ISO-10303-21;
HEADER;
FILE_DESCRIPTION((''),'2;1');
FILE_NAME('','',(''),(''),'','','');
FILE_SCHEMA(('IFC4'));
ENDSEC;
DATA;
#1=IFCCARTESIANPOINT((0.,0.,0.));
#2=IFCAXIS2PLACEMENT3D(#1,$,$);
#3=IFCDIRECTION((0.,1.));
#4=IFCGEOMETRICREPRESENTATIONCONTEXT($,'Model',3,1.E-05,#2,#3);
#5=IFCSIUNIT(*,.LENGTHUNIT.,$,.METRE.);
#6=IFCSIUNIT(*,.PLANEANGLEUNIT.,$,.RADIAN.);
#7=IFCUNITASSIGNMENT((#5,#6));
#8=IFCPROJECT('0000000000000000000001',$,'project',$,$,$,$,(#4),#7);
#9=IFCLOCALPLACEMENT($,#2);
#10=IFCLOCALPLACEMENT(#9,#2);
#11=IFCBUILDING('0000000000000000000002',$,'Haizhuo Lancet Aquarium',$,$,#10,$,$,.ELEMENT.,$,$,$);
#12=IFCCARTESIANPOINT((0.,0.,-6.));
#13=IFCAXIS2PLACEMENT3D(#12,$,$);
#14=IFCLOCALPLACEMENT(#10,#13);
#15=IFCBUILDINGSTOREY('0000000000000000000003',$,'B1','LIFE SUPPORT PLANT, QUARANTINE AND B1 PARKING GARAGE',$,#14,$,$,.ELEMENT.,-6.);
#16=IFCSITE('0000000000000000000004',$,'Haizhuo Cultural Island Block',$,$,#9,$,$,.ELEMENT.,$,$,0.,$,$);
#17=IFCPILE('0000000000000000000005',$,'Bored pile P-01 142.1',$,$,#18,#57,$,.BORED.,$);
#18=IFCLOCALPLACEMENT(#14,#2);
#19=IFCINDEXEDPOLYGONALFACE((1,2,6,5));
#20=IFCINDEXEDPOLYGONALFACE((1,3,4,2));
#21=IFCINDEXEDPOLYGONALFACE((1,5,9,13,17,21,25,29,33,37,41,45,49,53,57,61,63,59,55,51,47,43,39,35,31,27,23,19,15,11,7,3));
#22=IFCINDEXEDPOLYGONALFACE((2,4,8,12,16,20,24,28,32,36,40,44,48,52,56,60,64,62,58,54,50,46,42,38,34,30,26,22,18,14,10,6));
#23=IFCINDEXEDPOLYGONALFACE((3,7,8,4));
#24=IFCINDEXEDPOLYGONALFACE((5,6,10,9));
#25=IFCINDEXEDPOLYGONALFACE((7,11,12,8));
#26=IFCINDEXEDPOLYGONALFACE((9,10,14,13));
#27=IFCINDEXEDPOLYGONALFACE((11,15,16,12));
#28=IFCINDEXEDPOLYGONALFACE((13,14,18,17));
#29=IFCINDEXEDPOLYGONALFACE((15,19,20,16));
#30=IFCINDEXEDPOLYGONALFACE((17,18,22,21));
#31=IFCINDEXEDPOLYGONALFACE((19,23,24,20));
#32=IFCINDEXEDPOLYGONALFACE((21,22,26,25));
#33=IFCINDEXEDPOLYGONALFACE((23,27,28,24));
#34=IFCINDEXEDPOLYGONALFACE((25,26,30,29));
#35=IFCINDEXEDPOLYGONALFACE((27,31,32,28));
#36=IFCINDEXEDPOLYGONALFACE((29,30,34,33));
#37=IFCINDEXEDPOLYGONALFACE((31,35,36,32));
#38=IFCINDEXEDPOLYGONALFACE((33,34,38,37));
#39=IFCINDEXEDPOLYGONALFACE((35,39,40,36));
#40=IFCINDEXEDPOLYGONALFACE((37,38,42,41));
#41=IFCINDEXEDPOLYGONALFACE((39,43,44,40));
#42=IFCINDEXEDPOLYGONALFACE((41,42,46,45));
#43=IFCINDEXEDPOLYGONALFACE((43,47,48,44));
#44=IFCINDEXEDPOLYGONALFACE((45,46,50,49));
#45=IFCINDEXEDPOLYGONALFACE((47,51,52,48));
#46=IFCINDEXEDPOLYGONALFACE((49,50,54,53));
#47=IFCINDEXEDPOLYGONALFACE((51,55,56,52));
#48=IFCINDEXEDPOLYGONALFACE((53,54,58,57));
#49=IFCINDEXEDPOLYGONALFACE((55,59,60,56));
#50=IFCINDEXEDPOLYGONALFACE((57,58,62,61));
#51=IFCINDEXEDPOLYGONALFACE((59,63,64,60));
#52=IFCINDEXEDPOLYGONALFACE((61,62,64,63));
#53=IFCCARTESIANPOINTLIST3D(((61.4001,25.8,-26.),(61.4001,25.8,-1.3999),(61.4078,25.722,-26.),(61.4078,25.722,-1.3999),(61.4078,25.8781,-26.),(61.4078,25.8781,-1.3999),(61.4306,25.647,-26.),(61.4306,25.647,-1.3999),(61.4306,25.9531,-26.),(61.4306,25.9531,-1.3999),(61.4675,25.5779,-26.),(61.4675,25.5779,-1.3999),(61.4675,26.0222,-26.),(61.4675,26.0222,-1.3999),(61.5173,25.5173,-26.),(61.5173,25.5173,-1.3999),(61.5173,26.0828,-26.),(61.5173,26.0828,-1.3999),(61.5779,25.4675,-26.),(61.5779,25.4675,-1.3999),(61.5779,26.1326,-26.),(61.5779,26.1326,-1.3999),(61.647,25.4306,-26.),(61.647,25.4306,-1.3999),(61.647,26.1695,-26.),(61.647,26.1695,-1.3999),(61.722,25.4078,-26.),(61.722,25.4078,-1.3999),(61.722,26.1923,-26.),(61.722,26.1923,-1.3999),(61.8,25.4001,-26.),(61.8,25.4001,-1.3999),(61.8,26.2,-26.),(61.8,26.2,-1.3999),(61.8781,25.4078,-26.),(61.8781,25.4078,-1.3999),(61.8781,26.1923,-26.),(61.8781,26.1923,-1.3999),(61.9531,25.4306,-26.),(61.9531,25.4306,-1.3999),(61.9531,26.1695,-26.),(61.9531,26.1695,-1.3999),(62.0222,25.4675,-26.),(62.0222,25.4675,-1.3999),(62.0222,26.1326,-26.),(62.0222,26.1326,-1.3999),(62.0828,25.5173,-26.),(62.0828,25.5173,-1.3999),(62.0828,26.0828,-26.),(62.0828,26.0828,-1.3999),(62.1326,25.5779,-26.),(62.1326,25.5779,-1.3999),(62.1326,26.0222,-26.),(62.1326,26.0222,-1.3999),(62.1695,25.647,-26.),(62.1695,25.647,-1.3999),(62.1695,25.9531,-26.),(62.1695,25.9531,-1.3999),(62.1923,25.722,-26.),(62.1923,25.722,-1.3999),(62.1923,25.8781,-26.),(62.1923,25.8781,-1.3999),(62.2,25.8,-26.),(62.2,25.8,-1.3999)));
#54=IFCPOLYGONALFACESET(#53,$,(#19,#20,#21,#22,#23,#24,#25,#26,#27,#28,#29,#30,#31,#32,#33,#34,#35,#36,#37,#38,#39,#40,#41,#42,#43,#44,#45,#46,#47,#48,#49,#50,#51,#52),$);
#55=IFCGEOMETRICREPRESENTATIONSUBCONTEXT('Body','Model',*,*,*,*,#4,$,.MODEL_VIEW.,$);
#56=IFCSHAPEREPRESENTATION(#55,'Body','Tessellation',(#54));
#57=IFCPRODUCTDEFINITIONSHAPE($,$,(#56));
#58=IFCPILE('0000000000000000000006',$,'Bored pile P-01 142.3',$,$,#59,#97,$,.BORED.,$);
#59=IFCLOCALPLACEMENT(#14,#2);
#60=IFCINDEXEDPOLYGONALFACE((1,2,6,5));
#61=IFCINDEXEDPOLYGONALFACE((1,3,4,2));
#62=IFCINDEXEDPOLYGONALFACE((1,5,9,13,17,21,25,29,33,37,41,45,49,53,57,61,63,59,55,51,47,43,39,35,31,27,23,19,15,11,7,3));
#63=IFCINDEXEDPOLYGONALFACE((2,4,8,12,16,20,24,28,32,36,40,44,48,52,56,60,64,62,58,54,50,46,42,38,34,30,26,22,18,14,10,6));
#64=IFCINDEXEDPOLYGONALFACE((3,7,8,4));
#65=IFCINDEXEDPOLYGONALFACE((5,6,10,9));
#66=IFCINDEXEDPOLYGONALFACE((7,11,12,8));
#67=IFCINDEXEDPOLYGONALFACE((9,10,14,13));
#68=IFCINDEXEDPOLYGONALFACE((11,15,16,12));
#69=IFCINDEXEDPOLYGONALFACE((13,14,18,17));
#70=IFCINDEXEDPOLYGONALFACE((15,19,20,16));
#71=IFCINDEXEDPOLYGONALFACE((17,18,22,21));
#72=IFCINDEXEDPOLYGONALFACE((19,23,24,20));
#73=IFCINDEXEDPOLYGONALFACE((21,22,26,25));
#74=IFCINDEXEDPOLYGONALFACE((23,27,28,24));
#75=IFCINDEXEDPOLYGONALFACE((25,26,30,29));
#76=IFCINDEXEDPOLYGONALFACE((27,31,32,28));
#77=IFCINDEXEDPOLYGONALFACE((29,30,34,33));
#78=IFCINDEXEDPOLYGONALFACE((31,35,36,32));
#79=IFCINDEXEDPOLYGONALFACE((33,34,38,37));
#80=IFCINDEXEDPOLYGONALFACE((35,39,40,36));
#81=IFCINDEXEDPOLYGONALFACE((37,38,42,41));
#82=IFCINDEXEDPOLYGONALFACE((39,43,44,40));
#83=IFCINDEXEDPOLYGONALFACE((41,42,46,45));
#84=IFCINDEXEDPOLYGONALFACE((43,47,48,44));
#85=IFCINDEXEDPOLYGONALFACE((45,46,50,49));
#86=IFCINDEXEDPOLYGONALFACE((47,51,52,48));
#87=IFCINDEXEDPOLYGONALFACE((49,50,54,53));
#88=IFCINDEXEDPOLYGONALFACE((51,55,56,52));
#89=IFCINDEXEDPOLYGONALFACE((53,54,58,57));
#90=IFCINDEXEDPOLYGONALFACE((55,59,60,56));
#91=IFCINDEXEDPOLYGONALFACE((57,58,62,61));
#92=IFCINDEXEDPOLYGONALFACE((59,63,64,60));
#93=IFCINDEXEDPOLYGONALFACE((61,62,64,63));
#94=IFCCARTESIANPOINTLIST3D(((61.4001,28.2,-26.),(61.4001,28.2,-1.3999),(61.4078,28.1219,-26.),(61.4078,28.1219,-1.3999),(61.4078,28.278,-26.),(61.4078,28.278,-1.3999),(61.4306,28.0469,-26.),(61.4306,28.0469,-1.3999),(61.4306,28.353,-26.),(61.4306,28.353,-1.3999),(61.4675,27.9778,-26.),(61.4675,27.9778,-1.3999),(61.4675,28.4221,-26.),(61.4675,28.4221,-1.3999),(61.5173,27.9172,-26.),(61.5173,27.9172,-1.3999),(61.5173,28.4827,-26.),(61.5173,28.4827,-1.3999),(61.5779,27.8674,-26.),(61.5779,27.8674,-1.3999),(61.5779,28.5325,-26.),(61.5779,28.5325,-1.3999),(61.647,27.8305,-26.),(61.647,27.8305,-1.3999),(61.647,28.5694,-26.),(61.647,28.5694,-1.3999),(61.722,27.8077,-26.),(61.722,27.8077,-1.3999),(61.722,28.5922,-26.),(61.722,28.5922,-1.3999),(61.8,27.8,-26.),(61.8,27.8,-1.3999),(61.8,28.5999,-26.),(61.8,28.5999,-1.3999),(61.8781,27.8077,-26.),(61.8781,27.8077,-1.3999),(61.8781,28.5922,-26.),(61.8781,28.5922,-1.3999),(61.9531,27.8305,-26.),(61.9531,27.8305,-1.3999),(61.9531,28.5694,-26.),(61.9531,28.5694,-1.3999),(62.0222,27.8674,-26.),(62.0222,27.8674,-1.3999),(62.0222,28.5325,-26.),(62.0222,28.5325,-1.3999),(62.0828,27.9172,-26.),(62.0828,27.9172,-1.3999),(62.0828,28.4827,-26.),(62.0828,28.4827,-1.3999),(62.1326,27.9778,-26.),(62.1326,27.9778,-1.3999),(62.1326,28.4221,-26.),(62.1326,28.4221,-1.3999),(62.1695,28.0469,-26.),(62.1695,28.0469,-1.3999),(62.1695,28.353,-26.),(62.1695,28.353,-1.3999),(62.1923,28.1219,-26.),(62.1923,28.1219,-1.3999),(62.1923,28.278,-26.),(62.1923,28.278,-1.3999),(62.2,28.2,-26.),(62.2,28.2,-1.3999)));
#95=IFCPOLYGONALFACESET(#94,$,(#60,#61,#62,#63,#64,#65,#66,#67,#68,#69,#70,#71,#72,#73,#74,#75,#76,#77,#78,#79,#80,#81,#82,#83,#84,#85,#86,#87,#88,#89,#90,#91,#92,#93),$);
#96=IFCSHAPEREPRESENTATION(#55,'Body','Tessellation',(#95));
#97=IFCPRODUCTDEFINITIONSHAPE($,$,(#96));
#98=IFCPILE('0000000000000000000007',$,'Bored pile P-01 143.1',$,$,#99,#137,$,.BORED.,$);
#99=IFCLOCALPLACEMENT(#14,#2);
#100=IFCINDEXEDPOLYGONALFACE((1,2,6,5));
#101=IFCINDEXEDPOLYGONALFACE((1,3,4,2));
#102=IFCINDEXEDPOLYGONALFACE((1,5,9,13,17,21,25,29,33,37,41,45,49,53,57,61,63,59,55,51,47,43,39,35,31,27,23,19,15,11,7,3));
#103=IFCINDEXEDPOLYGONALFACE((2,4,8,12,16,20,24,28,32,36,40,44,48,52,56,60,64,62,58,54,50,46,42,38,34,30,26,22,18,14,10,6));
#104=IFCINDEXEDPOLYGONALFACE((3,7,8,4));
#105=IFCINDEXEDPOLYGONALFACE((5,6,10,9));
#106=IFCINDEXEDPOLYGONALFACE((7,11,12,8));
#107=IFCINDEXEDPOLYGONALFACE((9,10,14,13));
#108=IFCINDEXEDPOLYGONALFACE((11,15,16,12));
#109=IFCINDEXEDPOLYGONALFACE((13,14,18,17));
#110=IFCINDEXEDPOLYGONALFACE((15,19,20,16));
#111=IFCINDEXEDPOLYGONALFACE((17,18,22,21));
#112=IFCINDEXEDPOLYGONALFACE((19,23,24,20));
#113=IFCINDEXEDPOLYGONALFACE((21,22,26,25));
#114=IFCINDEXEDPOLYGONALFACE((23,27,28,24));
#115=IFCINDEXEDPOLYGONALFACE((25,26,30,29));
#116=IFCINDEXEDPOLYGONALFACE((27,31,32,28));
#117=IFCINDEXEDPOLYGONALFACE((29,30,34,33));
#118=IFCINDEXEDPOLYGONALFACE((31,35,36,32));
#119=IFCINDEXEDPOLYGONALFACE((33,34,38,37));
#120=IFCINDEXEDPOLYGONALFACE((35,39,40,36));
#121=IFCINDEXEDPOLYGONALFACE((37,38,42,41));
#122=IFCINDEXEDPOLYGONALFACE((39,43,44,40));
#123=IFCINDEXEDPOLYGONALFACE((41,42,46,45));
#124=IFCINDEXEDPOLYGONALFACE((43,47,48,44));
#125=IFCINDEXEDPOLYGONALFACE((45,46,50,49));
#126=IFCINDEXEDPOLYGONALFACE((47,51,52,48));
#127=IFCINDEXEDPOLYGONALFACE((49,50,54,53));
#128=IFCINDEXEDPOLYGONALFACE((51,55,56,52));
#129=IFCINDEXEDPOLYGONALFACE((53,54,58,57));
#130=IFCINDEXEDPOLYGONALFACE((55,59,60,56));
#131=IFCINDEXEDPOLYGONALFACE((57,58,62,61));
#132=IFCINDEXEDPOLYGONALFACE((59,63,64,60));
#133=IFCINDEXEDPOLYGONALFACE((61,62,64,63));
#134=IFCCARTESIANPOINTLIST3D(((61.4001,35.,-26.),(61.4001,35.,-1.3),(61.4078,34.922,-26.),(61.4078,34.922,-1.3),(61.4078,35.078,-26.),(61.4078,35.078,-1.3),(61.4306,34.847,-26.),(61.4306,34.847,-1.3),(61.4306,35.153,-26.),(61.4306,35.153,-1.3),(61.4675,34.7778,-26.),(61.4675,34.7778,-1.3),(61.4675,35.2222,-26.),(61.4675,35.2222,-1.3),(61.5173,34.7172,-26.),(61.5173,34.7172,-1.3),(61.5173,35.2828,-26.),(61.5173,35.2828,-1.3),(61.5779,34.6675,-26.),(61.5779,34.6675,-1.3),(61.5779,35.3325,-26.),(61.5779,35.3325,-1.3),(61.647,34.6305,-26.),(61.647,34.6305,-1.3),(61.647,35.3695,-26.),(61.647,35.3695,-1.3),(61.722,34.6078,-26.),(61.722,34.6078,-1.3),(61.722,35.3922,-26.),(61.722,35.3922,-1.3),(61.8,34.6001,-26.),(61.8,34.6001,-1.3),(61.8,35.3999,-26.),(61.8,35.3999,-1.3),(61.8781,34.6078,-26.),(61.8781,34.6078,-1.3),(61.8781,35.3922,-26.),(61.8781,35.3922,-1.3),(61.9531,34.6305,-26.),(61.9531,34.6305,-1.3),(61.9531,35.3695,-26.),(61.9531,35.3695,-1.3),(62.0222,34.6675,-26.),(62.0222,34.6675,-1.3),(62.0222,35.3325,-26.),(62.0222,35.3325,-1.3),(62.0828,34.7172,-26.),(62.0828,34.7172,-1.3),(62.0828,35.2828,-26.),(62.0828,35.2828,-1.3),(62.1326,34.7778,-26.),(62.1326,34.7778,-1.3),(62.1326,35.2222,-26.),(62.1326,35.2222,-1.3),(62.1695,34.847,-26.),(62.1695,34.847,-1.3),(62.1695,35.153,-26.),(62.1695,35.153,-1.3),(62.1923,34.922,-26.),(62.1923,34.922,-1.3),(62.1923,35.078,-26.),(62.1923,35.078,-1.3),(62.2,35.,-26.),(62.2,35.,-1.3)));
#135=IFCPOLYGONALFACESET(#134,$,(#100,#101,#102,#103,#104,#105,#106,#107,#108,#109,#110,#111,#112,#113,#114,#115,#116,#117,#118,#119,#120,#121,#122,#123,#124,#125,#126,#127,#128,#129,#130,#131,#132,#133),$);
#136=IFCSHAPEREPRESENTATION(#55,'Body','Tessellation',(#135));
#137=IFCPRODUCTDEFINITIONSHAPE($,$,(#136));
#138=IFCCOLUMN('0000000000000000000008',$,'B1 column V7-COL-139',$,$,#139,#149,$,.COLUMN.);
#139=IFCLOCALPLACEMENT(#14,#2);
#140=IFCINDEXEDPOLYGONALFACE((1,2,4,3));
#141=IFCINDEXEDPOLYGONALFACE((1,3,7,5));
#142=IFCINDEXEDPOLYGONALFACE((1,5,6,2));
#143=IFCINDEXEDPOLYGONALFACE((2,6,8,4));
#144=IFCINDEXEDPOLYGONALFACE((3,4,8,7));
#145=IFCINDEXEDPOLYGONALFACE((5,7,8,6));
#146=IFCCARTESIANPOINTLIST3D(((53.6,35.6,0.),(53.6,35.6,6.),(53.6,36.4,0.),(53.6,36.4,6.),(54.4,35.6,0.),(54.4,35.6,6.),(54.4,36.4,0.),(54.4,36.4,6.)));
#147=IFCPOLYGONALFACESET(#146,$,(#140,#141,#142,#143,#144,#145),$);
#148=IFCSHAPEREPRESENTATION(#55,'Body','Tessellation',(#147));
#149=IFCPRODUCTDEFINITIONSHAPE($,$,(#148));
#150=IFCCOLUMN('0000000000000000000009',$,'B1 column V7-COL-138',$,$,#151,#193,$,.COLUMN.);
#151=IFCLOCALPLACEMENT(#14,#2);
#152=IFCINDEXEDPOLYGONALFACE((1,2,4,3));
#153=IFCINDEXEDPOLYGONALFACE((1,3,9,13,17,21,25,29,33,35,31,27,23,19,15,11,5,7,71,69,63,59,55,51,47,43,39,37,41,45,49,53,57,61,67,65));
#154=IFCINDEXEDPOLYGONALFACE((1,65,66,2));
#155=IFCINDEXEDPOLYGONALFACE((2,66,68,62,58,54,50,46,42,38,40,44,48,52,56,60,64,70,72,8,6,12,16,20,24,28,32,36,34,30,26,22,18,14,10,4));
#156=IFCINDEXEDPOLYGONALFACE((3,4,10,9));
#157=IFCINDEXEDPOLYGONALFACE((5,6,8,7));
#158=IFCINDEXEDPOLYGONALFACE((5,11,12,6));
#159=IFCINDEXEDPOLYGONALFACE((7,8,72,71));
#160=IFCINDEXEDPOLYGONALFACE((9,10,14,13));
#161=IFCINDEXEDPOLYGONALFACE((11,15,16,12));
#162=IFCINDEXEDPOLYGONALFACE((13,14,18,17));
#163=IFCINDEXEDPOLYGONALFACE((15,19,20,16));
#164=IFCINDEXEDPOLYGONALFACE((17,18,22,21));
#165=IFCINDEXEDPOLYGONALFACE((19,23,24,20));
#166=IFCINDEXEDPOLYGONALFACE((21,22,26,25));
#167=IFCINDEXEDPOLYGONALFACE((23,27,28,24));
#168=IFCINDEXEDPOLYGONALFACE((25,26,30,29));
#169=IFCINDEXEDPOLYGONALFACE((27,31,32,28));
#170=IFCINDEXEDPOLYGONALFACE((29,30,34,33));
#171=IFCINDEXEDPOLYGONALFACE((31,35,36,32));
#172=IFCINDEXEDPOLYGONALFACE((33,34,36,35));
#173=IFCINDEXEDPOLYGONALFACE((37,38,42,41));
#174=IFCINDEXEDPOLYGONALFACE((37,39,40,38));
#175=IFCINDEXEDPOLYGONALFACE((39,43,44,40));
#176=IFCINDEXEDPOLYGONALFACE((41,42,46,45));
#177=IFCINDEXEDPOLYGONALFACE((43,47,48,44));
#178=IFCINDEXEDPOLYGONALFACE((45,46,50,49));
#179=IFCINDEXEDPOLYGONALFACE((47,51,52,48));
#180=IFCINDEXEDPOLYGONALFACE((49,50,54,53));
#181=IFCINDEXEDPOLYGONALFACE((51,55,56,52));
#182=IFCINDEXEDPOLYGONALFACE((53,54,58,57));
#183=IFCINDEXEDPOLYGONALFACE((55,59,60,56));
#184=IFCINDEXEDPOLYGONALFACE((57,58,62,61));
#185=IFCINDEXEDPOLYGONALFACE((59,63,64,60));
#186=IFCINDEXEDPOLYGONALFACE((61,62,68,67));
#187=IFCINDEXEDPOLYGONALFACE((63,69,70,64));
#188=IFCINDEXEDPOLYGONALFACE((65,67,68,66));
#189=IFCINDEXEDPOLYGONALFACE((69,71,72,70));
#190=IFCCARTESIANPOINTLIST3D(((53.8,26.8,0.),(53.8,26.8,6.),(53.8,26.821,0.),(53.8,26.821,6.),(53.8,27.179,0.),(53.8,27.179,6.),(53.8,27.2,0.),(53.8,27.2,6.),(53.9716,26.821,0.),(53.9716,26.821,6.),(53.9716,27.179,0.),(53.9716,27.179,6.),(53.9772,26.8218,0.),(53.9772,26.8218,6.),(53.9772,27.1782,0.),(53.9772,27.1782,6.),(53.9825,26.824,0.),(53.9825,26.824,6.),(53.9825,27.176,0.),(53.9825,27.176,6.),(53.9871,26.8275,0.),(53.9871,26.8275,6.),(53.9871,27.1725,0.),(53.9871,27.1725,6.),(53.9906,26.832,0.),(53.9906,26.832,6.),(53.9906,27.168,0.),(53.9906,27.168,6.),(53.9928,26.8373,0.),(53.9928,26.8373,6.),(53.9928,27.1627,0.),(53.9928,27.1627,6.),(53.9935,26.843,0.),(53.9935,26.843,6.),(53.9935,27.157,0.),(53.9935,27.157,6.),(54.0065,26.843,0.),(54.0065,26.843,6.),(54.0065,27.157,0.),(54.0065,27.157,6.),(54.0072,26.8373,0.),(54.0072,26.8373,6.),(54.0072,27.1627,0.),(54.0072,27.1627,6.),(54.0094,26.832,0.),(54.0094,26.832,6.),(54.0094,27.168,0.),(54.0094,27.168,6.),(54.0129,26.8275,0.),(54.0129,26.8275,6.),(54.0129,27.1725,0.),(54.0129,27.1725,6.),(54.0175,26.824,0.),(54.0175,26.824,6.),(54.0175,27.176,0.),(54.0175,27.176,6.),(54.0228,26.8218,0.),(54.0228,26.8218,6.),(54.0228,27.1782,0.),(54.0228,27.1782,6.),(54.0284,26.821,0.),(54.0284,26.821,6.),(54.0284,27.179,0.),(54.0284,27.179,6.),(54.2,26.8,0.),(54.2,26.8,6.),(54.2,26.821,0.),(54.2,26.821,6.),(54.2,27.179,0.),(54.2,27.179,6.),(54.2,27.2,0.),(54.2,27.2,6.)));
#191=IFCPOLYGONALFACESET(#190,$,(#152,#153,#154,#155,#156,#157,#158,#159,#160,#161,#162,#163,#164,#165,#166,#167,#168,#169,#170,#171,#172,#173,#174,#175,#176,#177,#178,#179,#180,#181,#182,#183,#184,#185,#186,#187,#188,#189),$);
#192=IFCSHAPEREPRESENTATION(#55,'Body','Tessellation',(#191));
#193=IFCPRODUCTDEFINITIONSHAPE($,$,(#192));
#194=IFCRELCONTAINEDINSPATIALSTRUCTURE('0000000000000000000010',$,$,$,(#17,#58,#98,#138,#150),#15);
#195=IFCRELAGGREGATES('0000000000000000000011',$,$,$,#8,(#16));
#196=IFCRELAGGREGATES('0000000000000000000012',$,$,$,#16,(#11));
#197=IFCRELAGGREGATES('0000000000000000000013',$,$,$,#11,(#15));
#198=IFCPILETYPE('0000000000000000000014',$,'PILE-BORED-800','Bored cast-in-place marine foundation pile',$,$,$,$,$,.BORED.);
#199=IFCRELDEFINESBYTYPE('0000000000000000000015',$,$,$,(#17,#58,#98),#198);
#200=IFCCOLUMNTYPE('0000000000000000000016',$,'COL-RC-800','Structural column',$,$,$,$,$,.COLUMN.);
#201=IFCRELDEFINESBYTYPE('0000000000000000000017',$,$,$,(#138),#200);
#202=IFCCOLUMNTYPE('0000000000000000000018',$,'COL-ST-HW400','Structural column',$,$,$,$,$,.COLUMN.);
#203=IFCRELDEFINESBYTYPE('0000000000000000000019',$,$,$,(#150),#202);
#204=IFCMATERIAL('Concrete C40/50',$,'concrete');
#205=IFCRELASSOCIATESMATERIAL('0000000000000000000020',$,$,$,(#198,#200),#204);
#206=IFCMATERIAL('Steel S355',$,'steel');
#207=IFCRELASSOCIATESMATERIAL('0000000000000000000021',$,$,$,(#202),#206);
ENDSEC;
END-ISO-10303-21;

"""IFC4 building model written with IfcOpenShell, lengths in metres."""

from ifc_helpers import new_model, si_unit, direction, frame, origin, origin_2d, place, context, subcontext, project, spatial, rectangle, circle, i_section, extrude, material, material_profile, profile_set, type_object, element, save


model = new_model("IFC4")

# Units and contexts
model_context = context("Model", 3, precision=1e-05, world=origin(), true_north=direction((0.0, 1.0)))
body_context = subcontext(model_context, "Body", "Model", "MODEL_VIEW")
ifc_project = project(units=[si_unit("LENGTHUNIT", "METRE"), si_unit("PLANEANGLEUNIT", "RADIAN")], contexts=[model_context])

# Site, building, storey
site_placement = place(None, origin())
site = spatial("IfcSite", under=ifc_project, at=site_placement, Name="Haizhuo Cultural Island Block", CompositionType="ELEMENT", RefElevation=0.0)
building_placement = place(site_placement, origin())
building = spatial("IfcBuilding", under=site, at=building_placement, Name="Haizhuo Lancet Aquarium", CompositionType="ELEMENT")
storey_placement = place(building_placement, frame((0.0, 0.0, -6.0)))
storey = spatial("IfcBuildingStorey", under=building, at=storey_placement, Name="B1", Description="LIFE SUPPORT PLANT, QUARANTINE AND B1 PARKING GARAGE", CompositionType="ELEMENT", Elevation=-6.0)

# Shared definitions
ifc_material_1 = material(Name="Concrete C40/50", Category="concrete")

# Piles
ifc_material_profile_1 = material_profile(ifc_material_1, circle(Radius=0.3999, at=origin_2d()), Name="PILE-800")
ifc_profile_set_1 = profile_set([ifc_material_profile_1], Name="Concrete C40/50")
pile_type = type_object("IfcPileType", Name="PILE-BORED-800", Description="Bored cast-in-place marine foundation pile", PredefinedType="BORED", material=ifc_profile_set_1)
for number, where, z_axis, x_axis, name in (
    (1, (61.8, 25.8, -1.3999), (0.0, 0.0, -1.0), (1.0, 0.0, 0.0), "Bored pile P-01 142.1"),
    (2, (61.8, 28.2, -1.3999), (0.0, 0.0, -1.0), (1.0, 0.0, 0.0), "Bored pile P-01 142.3"),
):
    element("IfcPile", number, at=place(storey_placement, frame(where, z_axis=z_axis, x_axis=x_axis)), inside=storey, type_object=pile_type, Name=name, PredefinedType="BORED", context=body_context, shape_type="SweptSolid", body=[
        extrude(circle(Radius=0.3999, at=origin_2d()), origin(), (0.0, 0.0, 1.0), 24.6001),
    ])
pile_placement = place(storey_placement, frame((61.8, 35.0, -1.3), z_axis=(0.0, 0.0, -1.0), x_axis=(1.0, 0.0, 0.0)))
element("IfcPile", 3, at=pile_placement, inside=storey, type_object=pile_type, Name="Bored pile P-01 143.1", PredefinedType="BORED", context=body_context, shape_type="SweptSolid", body=[
    extrude(circle(Radius=0.3999, at=origin_2d()), origin(), (0.0, 0.0, 1.0), 24.7),
])

# Columns
ifc_material_profile_2 = material_profile(ifc_material_1, rectangle(XDim=0.8, YDim=0.8, at=origin_2d()), Name="RC-COL 800x800")
ifc_profile_set_2 = profile_set([ifc_material_profile_2], Name="Concrete C40/50")
column_type_1 = type_object("IfcColumnType", Name="COL-RC-800", Description="Structural column", PredefinedType="COLUMN", material=ifc_profile_set_2)
column_1_placement = place(storey_placement, frame((54.0, 36.0, 0.0), z_axis=(0.0, 0.0, 1.0), x_axis=(1.0, 0.0, 0.0)))
element("IfcColumn", 4, at=column_1_placement, inside=storey, type_object=column_type_1, Name="B1 column V7-COL-139", PredefinedType="COLUMN", context=body_context, shape_type="SweptSolid", body=[
    extrude(rectangle(XDim=0.8, YDim=0.8, at=origin_2d()), origin(), (0.0, 0.0, 1.0), 6.0),
])
ifc_material_2 = material(Name="Steel S355", Category="steel")
ifc_material_profile_3 = material_profile(ifc_material_2, i_section(OverallWidth=0.3999, OverallDepth=0.3999, WebThickness=0.0129, FlangeThickness=0.021, FilletRadius=0.022, at=origin_2d()), Name="HW 400x400x13x21")
ifc_profile_set_3 = profile_set([ifc_material_profile_3], Name="Steel S355")
column_type_2 = type_object("IfcColumnType", Name="COL-ST-HW400", Description="Structural column", PredefinedType="COLUMN", material=ifc_profile_set_3)
column_2_placement = place(storey_placement, frame((54.0, 27.0, 0.0), z_axis=(0.0, 0.0, 1.0), x_axis=(1.0, 0.0, 0.0)))
element("IfcColumn", 5, at=column_2_placement, inside=storey, type_object=column_type_2, Name="B1 column V7-COL-138", PredefinedType="COLUMN", context=body_context, shape_type="SweptSolid", body=[
    extrude(i_section(OverallWidth=0.3999, OverallDepth=0.3999, WebThickness=0.0129, FlangeThickness=0.021, FilletRadius=0.022, at=origin_2d()), origin(), (0.0, 0.0, 1.0), 6.0),
])

save(model, "model.ifc")
